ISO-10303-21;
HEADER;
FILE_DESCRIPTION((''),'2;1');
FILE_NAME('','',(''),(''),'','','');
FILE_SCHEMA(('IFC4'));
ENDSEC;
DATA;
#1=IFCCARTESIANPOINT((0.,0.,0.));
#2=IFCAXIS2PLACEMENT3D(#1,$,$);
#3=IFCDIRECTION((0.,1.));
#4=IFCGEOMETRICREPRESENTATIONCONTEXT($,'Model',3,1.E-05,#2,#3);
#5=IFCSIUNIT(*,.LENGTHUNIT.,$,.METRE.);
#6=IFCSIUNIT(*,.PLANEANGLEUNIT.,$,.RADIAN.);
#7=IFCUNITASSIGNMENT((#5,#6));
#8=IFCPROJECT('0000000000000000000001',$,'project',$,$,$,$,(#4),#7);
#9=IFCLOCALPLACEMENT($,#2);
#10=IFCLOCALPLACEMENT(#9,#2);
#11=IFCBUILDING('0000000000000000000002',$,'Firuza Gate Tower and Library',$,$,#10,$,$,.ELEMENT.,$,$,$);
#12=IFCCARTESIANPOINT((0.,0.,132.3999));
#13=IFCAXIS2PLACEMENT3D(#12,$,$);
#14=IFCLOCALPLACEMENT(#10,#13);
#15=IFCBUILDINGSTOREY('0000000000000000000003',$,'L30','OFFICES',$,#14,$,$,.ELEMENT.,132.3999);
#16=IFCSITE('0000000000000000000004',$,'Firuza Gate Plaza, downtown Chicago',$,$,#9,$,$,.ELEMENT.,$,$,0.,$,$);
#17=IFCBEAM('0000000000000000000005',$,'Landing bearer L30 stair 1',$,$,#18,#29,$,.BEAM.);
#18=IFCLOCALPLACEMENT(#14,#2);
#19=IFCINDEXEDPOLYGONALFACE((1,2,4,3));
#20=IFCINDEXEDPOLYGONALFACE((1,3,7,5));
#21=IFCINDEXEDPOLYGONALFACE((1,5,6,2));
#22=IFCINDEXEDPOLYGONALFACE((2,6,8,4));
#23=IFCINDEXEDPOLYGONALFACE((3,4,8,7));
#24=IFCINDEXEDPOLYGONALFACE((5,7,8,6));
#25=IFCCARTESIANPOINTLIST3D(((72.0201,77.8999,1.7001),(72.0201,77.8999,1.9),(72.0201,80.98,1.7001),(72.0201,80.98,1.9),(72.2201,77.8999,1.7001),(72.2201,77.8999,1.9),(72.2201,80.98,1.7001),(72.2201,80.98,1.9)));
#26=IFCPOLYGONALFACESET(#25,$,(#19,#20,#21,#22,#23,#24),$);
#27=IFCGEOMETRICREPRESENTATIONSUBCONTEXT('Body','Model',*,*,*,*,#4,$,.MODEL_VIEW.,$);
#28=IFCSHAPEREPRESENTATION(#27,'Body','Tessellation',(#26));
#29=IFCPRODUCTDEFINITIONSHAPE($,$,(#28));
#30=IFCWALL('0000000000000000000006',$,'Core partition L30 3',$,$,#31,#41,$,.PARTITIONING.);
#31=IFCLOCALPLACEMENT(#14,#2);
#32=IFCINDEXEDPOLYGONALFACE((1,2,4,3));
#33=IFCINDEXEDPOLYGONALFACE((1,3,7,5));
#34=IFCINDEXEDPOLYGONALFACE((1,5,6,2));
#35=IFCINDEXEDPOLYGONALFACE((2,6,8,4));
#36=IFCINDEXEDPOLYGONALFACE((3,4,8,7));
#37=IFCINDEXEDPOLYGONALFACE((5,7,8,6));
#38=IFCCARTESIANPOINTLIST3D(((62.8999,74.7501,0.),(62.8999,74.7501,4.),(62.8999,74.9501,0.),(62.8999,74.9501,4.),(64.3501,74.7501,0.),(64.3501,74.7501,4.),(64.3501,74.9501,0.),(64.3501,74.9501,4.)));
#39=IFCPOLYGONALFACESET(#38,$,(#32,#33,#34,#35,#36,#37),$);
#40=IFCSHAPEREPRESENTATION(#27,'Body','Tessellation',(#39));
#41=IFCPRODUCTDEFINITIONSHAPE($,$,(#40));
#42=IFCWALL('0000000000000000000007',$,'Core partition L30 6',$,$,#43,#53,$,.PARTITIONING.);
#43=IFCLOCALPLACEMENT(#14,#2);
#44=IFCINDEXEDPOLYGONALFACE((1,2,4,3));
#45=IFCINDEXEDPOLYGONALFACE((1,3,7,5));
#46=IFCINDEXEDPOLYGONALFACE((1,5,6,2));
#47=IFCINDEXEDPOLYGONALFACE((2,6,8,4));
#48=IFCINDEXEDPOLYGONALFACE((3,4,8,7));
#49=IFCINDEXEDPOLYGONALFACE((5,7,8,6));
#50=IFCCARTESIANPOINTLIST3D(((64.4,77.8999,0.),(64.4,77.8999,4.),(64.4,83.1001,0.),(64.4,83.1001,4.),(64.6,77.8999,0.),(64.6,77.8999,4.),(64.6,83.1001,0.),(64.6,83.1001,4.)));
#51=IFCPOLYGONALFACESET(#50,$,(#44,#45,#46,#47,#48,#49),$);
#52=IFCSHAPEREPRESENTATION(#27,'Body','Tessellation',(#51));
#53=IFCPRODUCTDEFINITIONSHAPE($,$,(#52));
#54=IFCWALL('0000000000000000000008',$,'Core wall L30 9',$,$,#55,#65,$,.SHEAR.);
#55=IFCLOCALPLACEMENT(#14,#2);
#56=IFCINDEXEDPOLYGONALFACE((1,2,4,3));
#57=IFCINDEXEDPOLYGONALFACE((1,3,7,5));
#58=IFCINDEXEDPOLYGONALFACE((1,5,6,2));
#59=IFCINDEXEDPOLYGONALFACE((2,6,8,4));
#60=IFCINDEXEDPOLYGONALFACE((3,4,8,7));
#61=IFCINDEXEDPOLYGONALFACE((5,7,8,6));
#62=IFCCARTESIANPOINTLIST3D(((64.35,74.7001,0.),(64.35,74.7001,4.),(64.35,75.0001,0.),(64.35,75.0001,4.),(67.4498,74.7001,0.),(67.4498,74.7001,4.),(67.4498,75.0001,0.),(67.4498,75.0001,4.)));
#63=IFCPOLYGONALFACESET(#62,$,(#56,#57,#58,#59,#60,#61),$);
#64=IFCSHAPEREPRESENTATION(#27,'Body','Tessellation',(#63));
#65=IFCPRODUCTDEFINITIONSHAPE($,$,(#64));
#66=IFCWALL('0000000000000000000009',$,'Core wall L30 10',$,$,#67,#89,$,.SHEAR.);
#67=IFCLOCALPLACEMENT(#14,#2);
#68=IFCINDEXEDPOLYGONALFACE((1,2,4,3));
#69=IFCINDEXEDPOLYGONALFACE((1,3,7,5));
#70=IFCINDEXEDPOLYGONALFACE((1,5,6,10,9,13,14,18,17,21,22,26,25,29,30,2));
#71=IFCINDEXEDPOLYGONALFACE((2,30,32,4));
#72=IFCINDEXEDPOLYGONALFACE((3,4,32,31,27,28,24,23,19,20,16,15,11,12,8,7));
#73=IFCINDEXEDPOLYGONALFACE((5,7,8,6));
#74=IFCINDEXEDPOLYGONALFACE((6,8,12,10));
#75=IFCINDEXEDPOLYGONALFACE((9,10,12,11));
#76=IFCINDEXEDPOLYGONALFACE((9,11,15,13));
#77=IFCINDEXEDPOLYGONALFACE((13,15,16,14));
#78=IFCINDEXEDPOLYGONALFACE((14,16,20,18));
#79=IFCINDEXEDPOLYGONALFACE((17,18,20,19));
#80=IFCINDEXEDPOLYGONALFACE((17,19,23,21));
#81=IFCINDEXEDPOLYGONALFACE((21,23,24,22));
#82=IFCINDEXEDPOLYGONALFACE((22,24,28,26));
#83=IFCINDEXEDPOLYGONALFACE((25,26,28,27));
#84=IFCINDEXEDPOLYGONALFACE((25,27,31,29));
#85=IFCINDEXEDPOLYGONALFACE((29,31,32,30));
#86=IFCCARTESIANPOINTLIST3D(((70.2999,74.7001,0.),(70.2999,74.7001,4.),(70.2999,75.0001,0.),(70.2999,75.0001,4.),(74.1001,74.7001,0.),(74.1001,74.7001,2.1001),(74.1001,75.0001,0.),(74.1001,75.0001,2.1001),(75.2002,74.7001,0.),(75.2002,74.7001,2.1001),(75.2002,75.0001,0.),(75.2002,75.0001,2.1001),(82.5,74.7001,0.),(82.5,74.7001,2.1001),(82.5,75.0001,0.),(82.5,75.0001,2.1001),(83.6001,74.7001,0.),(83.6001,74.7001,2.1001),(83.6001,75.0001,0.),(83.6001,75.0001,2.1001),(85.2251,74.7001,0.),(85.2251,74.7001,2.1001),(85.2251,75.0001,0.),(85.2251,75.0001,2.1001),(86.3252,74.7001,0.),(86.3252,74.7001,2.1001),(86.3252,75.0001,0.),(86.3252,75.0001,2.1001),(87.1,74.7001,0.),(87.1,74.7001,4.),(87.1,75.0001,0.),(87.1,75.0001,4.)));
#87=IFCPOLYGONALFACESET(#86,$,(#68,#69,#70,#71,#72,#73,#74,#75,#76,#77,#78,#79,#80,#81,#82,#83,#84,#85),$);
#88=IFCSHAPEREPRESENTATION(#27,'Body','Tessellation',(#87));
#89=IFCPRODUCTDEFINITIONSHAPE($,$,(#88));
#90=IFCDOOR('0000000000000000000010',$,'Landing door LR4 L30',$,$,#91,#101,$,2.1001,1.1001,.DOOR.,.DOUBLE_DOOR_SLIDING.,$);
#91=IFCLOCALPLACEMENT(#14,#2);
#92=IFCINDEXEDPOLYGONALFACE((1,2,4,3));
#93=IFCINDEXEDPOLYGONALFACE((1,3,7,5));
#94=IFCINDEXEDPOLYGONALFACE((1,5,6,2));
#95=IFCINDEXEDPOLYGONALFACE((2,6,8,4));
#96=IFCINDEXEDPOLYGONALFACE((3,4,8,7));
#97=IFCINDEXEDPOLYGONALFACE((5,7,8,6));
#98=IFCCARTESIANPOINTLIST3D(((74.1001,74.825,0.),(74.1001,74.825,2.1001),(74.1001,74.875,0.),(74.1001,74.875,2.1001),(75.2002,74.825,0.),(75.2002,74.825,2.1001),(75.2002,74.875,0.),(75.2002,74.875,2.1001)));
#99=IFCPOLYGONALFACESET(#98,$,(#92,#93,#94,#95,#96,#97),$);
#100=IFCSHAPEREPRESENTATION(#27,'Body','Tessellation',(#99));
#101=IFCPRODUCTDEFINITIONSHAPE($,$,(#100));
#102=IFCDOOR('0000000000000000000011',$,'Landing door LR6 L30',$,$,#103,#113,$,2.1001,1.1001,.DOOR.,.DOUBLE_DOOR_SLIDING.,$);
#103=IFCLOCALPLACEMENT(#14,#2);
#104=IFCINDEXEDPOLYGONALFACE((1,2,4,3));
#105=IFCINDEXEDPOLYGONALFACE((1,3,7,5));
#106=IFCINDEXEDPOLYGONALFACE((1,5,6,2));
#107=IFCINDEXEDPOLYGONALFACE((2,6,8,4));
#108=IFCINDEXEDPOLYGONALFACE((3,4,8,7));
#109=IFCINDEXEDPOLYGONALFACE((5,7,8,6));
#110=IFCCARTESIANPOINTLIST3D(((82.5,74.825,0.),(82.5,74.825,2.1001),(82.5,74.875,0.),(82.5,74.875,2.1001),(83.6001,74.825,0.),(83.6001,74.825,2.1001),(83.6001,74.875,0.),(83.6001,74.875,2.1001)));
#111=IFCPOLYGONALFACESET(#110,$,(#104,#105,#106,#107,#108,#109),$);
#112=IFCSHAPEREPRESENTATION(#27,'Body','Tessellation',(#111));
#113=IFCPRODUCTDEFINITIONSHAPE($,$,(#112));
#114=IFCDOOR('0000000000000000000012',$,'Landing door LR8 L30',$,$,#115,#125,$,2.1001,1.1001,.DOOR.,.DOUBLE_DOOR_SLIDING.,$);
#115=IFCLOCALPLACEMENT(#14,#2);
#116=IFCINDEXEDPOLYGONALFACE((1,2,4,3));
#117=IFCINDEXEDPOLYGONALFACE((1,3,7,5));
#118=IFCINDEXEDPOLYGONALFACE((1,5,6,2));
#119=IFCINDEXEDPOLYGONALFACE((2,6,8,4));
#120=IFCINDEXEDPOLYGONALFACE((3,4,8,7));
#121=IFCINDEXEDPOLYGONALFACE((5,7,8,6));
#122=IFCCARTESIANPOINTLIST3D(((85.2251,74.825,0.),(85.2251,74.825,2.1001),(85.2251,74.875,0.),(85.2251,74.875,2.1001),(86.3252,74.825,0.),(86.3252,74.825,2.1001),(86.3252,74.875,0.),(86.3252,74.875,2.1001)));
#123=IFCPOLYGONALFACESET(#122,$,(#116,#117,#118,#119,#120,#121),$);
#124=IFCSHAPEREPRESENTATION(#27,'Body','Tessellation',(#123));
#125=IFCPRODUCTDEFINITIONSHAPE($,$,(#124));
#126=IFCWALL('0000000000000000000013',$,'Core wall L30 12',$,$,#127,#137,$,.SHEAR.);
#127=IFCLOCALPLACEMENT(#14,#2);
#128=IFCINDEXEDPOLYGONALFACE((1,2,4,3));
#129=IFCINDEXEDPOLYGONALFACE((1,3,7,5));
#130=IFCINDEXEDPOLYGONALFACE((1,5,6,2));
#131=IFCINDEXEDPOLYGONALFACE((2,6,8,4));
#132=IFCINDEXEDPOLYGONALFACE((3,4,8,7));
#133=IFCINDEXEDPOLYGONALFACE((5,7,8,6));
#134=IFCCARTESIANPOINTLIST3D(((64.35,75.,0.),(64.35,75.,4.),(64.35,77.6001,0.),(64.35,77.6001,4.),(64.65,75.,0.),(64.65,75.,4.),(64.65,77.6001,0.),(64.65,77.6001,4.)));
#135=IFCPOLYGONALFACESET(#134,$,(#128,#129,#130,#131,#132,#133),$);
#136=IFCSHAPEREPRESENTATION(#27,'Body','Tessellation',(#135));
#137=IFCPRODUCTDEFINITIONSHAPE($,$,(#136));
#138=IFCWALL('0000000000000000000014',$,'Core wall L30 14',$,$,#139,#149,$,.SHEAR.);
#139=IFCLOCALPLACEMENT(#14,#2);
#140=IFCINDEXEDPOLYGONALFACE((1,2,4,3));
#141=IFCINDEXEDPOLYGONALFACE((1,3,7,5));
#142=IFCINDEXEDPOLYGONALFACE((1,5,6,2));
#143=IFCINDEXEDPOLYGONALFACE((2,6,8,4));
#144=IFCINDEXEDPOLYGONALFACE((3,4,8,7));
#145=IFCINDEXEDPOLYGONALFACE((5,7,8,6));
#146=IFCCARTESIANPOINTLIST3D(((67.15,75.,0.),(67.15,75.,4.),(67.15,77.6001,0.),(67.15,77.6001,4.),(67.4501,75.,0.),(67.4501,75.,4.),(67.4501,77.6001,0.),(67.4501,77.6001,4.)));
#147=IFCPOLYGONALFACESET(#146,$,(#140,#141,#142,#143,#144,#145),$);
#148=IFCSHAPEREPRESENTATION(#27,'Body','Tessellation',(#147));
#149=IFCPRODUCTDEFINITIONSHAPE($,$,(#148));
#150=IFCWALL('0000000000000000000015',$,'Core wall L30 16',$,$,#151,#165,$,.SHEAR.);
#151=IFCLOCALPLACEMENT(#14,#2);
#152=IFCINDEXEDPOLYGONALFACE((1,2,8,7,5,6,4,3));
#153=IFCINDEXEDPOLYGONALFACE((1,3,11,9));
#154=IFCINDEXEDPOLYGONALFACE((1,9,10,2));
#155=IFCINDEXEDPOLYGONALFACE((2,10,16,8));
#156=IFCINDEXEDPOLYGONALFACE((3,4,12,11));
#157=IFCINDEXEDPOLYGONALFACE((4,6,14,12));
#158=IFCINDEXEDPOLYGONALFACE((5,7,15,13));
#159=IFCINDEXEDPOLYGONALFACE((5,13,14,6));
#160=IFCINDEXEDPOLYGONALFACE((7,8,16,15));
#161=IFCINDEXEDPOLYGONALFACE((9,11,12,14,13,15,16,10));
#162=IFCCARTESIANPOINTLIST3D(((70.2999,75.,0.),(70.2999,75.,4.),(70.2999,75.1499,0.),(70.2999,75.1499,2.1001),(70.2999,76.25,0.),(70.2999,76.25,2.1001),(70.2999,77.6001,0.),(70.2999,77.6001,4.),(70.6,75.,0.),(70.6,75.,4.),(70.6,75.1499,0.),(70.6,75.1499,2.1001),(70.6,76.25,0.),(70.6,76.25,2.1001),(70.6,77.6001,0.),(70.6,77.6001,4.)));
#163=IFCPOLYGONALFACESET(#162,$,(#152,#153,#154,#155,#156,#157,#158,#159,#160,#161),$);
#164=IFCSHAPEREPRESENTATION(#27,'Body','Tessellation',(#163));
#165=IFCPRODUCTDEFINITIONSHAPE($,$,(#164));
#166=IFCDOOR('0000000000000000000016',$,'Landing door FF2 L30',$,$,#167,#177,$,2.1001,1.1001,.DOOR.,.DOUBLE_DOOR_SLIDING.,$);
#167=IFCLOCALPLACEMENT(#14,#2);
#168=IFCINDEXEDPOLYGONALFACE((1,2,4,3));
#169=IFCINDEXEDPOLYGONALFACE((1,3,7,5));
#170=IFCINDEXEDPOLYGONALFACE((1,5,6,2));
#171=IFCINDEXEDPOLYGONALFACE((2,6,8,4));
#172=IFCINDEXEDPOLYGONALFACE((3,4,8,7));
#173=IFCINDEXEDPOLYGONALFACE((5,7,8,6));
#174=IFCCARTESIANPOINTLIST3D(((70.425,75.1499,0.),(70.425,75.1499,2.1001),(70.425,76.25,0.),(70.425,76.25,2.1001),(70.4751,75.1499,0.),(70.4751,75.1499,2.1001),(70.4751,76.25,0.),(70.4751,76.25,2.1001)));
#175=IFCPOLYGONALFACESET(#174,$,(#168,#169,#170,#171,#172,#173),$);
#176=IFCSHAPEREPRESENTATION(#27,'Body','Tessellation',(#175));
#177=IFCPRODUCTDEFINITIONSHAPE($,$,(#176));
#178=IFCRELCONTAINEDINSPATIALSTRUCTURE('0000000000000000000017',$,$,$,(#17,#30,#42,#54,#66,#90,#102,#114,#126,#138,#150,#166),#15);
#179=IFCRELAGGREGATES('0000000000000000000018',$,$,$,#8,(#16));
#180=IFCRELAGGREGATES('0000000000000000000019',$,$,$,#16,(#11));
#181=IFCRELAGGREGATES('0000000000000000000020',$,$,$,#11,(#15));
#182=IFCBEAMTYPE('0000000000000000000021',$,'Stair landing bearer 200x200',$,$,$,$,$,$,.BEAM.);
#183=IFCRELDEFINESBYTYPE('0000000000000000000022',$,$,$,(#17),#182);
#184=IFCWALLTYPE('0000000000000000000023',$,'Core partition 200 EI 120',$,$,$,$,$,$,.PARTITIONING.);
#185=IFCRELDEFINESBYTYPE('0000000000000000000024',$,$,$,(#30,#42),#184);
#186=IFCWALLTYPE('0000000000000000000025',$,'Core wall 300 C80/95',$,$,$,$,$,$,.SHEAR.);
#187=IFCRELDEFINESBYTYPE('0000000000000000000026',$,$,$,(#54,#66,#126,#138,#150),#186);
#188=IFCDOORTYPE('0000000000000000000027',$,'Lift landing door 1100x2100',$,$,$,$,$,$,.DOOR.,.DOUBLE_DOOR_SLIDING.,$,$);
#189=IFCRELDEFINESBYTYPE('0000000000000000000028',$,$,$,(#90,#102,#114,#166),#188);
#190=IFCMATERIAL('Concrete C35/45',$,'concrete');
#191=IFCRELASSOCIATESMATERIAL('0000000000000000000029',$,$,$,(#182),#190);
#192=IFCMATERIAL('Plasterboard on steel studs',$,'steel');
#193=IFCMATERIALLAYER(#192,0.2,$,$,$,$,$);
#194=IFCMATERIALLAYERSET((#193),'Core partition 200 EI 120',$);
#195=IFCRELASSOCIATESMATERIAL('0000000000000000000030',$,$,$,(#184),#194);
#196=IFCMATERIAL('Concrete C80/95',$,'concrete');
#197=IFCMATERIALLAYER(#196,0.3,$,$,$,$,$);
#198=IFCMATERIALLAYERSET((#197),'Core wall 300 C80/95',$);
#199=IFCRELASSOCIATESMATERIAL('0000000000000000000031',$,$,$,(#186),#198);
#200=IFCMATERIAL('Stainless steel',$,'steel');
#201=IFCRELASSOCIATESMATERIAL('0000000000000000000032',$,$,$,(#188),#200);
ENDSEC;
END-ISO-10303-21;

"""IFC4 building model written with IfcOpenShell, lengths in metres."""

from ifc_helpers import new_model, si_unit, direction, frame, frame_2d, origin, origin_2d, place, context, subcontext, project, spatial, rectangle, extrude, material, layer, layer_set, material_profile, profile_set, type_object, element, fill, save


model = new_model("IFC4")

# Units and contexts
model_context = context("Model", 3, precision=1e-05, world=origin(), true_north=direction((0.0, 1.0)))
body_context = subcontext(model_context, "Body", "Model", "MODEL_VIEW")
ifc_project = project(units=[si_unit("LENGTHUNIT", "METRE"), si_unit("PLANEANGLEUNIT", "RADIAN")], contexts=[model_context])

# Site, building, storey
site_placement = place(None, origin())
site = spatial("IfcSite", under=ifc_project, at=site_placement, Name="Firuza Gate Plaza, downtown Chicago", CompositionType="ELEMENT", RefElevation=0.0)
building_placement = place(site_placement, origin())
building = spatial("IfcBuilding", under=site, at=building_placement, Name="Firuza Gate Tower and Library", CompositionType="ELEMENT")
storey_placement = place(building_placement, frame((0.0, 0.0, 132.3999)))
storey = spatial("IfcBuildingStorey", under=building, at=storey_placement, Name="L30", Description="OFFICES", CompositionType="ELEMENT", Elevation=132.3999)

# Beam
ifc_material_1 = material(Name="Concrete C35/45", Category="concrete")
ifc_material_profile = material_profile(ifc_material_1, rectangle(XDim=0.2, YDim=0.2, at=origin_2d()))
ifc_profile_set = profile_set([ifc_material_profile], Name="Concrete C35/45")
beam_type = type_object("IfcBeamType", Name="Stair landing bearer 200x200", PredefinedType="BEAM", material=ifc_profile_set)
beam_placement = place(storey_placement, frame((72.1201, 77.8999, 1.8), z_axis=(0.0, 1.0, 0.0), x_axis=(-1.0, 0.0, 0.0)))
element("IfcBeam", 1, at=beam_placement, inside=storey, type_object=beam_type, Name="Landing bearer L30 stair 1", PredefinedType="BEAM", context=body_context, shape_type="SweptSolid", body=[
    extrude(rectangle(XDim=0.2, YDim=0.2, at=origin_2d()), origin(), (0.0, 0.0, 1.0), 3.0801),
])

# Walls
ifc_material_2 = material(Name="Plasterboard on steel studs", Category="steel")
ifc_layer_1 = layer(ifc_material_2, 0.2)
ifc_layer_set_1 = layer_set([ifc_layer_1], Name="Core partition 200 EI 120")
wall_type_1 = type_object("IfcWallType", Name="Core partition 200 EI 120", PredefinedType="PARTITIONING", material=ifc_layer_set_1)
wall_1_placement = place(storey_placement, frame((62.8999, 74.8501, 0.0), z_axis=(0.0, 0.0, 1.0), x_axis=(1.0, 0.0, 0.0)))
element("IfcWall", 2, at=wall_1_placement, inside=storey, type_object=wall_type_1, Name="Core partition L30 3", PredefinedType="PARTITIONING", context=body_context, shape_type="SweptSolid", body=[
    extrude(rectangle(XDim=1.4502, YDim=0.2, at=frame_2d((0.7251, 0.0))), origin(), (0.0, 0.0, 1.0), 4.0),
])
wall_2_placement = place(storey_placement, frame((64.5, 77.8999, 0.0), z_axis=(0.0, 0.0, 1.0), x_axis=(0.0, 1.0, 0.0)))
element("IfcWall", 3, at=wall_2_placement, inside=storey, type_object=wall_type_1, Name="Core partition L30 6", PredefinedType="PARTITIONING", context=body_context, shape_type="SweptSolid", body=[
    extrude(rectangle(XDim=5.2002, YDim=0.2, at=frame_2d((2.6001, 0.0))), origin(), (0.0, 0.0, 1.0), 4.0),
])
ifc_material_3 = material(Name="Concrete C80/95", Category="concrete")
ifc_layer_2 = layer(ifc_material_3, 0.3)
ifc_layer_set_2 = layer_set([ifc_layer_2], Name="Core wall 300 C80/95")
wall_type_2 = type_object("IfcWallType", Name="Core wall 300 C80/95", PredefinedType="SHEAR", material=ifc_layer_set_2)
wall_3_placement = place(storey_placement, frame((64.3501, 74.8501, 0.0), z_axis=(0.0, 0.0, 1.0), x_axis=(1.0, 0.0, 0.0)))
element("IfcWall", 4, at=wall_3_placement, inside=storey, type_object=wall_type_2, Name="Core wall L30 9", PredefinedType="SHEAR", context=body_context, shape_type="SweptSolid", body=[
    extrude(rectangle(XDim=3.0999, YDim=0.3, at=frame_2d((1.5498, 0.0))), origin(), (0.0, 0.0, 1.0), 4.0),
])

# Wall, openings, doors
wall_4_placement = place(storey_placement, frame((70.3, 74.8501, 0.0), z_axis=(0.0, 0.0, 1.0), x_axis=(1.0, 0.0, 0.0)))
wall_4 = element("IfcWall", 5, at=wall_4_placement, inside=storey, type_object=wall_type_2, Name="Core wall L30 10", PredefinedType="SHEAR", context=body_context, shape_type="SweptSolid", body=[
    extrude(rectangle(XDim=16.8, YDim=0.3, at=frame_2d((8.3999, 0.0))), origin(), (0.0, 0.0, 1.0), 4.0),
])
opening_1_placement = place(wall_4_placement, frame((3.8, 0.0, 0.0)))
opening_1 = element("IfcOpeningElement", 6, at=opening_1_placement, cuts=wall_4, PredefinedType="OPENING", context=body_context, shape_type="SweptSolid", body=[
    extrude(rectangle(XDim=1.1001, YDim=2.1001, at=frame_2d((0.55, 1.05))), frame((0.0, 0.1602, 0.0), z_axis=(0.0, -1.0, 0.0), x_axis=(1.0, 0.0, 0.0)), (0.0, 0.0, 1.0), 0.3201),
])
opening_2_placement = place(wall_4_placement, frame((12.2, 0.0, 0.0)))
opening_2 = element("IfcOpeningElement", 7, at=opening_2_placement, cuts=wall_4, PredefinedType="OPENING", context=body_context, shape_type="SweptSolid", body=[
    extrude(rectangle(XDim=1.1001, YDim=2.1001, at=frame_2d((0.55, 1.05))), frame((0.0, 0.1602, 0.0), z_axis=(0.0, -1.0, 0.0), x_axis=(1.0, 0.0, 0.0)), (0.0, 0.0, 1.0), 0.3201),
])
opening_3_placement = place(wall_4_placement, frame((14.925, 0.0, 0.0)))
opening_3 = element("IfcOpeningElement", 8, at=opening_3_placement, cuts=wall_4, PredefinedType="OPENING", context=body_context, shape_type="SweptSolid", body=[
    extrude(rectangle(XDim=1.1001, YDim=2.1001, at=frame_2d((0.55, 1.05))), frame((0.0, 0.1602, 0.0), z_axis=(0.0, -1.0, 0.0), x_axis=(1.0, 0.0, 0.0)), (0.0, 0.0, 1.0), 0.3201),
])
ifc_material_4 = material(Name="Stainless steel", Category="steel")
door_type_1 = type_object("IfcDoorType", Name="Lift landing door 1100x2100", OperationType="DOUBLE_DOOR_SLIDING", PredefinedType="DOOR", material=ifc_material_4)
door_1_placement = place(opening_1_placement, origin())
door_1 = element("IfcDoor", 9, at=door_1_placement, inside=storey, type_object=door_type_1, Name="Landing door LR4 L30", OperationType="DOUBLE_DOOR_SLIDING", OverallHeight=2.1001, OverallWidth=1.1001, PredefinedType="DOOR", context=body_context, shape_type="SweptSolid", body=[
    extrude(rectangle(XDim=1.1001, YDim=2.1001, at=frame_2d((0.55, 1.05))), frame((0.0, 0.0249, 0.0), z_axis=(0.0, -1.0, 0.0), x_axis=(1.0, 0.0, 0.0)), (0.0, 0.0, 1.0), 0.05),
])
fill(opening_1, door_1)
door_2_placement = place(opening_2_placement, origin())
door_2 = element("IfcDoor", 10, at=door_2_placement, inside=storey, type_object=door_type_1, Name="Landing door LR6 L30", OperationType="DOUBLE_DOOR_SLIDING", OverallHeight=2.1001, OverallWidth=1.1001, PredefinedType="DOOR", context=body_context, shape_type="SweptSolid", body=[
    extrude(rectangle(XDim=1.1001, YDim=2.1001, at=frame_2d((0.55, 1.05))), frame((0.0, 0.0249, 0.0), z_axis=(0.0, -1.0, 0.0), x_axis=(1.0, 0.0, 0.0)), (0.0, 0.0, 1.0), 0.05),
])
fill(opening_2, door_2)
door_3_placement = place(opening_3_placement, origin())
door_3 = element("IfcDoor", 11, at=door_3_placement, inside=storey, type_object=door_type_1, Name="Landing door LR8 L30", OperationType="DOUBLE_DOOR_SLIDING", OverallHeight=2.1001, OverallWidth=1.1001, PredefinedType="DOOR", context=body_context, shape_type="SweptSolid", body=[
    extrude(rectangle(XDim=1.1001, YDim=2.1001, at=frame_2d((0.55, 1.05))), frame((0.0, 0.0249, 0.0), z_axis=(0.0, -1.0, 0.0), x_axis=(1.0, 0.0, 0.0)), (0.0, 0.0, 1.0), 0.05),
])
fill(opening_3, door_3)

# Walls
for number, where, z_axis, x_axis, name in (
    (12, (64.5, 75.0, 0.0), (0.0, 0.0, 1.0), (0.0, 1.0, 0.0), "Core wall L30 12"),
    (13, (67.3, 75.0, 0.0), (0.0, 0.0, 1.0), (0.0, 1.0, 0.0), "Core wall L30 14"),
):
    element("IfcWall", number, at=place(storey_placement, frame(where, z_axis=z_axis, x_axis=x_axis)), inside=storey, type_object=wall_type_2, Name=name, PredefinedType="SHEAR", context=body_context, shape_type="SweptSolid", body=[
        extrude(rectangle(XDim=2.6001, YDim=0.3, at=frame_2d((1.3, 0.0))), origin(), (0.0, 0.0, 1.0), 4.0),
    ])

# Wall, opening, door
wall_5_placement = place(storey_placement, frame((70.45, 75.0, 0.0), z_axis=(0.0, 0.0, 1.0), x_axis=(0.0, 1.0, 0.0)))
wall_5 = element("IfcWall", 14, at=wall_5_placement, inside=storey, type_object=wall_type_2, Name="Core wall L30 16", PredefinedType="SHEAR", context=body_context, shape_type="SweptSolid", body=[
    extrude(rectangle(XDim=2.6001, YDim=0.3, at=frame_2d((1.3, 0.0))), origin(), (0.0, 0.0, 1.0), 4.0),
])
opening_4_placement = place(wall_5_placement, frame((0.1499, 0.0, 0.0)))
opening_4 = element("IfcOpeningElement", 15, at=opening_4_placement, cuts=wall_5, PredefinedType="OPENING", context=body_context, shape_type="SweptSolid", body=[
    extrude(rectangle(XDim=1.1001, YDim=2.1001, at=frame_2d((0.55, 1.05))), frame((0.0, 0.1602, 0.0), z_axis=(0.0, -1.0, 0.0), x_axis=(1.0, 0.0, 0.0)), (0.0, 0.0, 1.0), 0.3201),
])
door_4_placement = place(opening_4_placement, origin())
door_4 = element("IfcDoor", 16, at=door_4_placement, inside=storey, type_object=door_type_1, Name="Landing door FF2 L30", OperationType="DOUBLE_DOOR_SLIDING", OverallHeight=2.1001, OverallWidth=1.1001, PredefinedType="DOOR", context=body_context, shape_type="SweptSolid", body=[
    extrude(rectangle(XDim=1.1001, YDim=2.1001, at=frame_2d((0.55, 1.05))), frame((0.0, 0.0249, 0.0), z_axis=(0.0, -1.0, 0.0), x_axis=(1.0, 0.0, 0.0)), (0.0, 0.0, 1.0), 0.05),
])
fill(opening_4, door_4)

save(model, "model.ifc")
